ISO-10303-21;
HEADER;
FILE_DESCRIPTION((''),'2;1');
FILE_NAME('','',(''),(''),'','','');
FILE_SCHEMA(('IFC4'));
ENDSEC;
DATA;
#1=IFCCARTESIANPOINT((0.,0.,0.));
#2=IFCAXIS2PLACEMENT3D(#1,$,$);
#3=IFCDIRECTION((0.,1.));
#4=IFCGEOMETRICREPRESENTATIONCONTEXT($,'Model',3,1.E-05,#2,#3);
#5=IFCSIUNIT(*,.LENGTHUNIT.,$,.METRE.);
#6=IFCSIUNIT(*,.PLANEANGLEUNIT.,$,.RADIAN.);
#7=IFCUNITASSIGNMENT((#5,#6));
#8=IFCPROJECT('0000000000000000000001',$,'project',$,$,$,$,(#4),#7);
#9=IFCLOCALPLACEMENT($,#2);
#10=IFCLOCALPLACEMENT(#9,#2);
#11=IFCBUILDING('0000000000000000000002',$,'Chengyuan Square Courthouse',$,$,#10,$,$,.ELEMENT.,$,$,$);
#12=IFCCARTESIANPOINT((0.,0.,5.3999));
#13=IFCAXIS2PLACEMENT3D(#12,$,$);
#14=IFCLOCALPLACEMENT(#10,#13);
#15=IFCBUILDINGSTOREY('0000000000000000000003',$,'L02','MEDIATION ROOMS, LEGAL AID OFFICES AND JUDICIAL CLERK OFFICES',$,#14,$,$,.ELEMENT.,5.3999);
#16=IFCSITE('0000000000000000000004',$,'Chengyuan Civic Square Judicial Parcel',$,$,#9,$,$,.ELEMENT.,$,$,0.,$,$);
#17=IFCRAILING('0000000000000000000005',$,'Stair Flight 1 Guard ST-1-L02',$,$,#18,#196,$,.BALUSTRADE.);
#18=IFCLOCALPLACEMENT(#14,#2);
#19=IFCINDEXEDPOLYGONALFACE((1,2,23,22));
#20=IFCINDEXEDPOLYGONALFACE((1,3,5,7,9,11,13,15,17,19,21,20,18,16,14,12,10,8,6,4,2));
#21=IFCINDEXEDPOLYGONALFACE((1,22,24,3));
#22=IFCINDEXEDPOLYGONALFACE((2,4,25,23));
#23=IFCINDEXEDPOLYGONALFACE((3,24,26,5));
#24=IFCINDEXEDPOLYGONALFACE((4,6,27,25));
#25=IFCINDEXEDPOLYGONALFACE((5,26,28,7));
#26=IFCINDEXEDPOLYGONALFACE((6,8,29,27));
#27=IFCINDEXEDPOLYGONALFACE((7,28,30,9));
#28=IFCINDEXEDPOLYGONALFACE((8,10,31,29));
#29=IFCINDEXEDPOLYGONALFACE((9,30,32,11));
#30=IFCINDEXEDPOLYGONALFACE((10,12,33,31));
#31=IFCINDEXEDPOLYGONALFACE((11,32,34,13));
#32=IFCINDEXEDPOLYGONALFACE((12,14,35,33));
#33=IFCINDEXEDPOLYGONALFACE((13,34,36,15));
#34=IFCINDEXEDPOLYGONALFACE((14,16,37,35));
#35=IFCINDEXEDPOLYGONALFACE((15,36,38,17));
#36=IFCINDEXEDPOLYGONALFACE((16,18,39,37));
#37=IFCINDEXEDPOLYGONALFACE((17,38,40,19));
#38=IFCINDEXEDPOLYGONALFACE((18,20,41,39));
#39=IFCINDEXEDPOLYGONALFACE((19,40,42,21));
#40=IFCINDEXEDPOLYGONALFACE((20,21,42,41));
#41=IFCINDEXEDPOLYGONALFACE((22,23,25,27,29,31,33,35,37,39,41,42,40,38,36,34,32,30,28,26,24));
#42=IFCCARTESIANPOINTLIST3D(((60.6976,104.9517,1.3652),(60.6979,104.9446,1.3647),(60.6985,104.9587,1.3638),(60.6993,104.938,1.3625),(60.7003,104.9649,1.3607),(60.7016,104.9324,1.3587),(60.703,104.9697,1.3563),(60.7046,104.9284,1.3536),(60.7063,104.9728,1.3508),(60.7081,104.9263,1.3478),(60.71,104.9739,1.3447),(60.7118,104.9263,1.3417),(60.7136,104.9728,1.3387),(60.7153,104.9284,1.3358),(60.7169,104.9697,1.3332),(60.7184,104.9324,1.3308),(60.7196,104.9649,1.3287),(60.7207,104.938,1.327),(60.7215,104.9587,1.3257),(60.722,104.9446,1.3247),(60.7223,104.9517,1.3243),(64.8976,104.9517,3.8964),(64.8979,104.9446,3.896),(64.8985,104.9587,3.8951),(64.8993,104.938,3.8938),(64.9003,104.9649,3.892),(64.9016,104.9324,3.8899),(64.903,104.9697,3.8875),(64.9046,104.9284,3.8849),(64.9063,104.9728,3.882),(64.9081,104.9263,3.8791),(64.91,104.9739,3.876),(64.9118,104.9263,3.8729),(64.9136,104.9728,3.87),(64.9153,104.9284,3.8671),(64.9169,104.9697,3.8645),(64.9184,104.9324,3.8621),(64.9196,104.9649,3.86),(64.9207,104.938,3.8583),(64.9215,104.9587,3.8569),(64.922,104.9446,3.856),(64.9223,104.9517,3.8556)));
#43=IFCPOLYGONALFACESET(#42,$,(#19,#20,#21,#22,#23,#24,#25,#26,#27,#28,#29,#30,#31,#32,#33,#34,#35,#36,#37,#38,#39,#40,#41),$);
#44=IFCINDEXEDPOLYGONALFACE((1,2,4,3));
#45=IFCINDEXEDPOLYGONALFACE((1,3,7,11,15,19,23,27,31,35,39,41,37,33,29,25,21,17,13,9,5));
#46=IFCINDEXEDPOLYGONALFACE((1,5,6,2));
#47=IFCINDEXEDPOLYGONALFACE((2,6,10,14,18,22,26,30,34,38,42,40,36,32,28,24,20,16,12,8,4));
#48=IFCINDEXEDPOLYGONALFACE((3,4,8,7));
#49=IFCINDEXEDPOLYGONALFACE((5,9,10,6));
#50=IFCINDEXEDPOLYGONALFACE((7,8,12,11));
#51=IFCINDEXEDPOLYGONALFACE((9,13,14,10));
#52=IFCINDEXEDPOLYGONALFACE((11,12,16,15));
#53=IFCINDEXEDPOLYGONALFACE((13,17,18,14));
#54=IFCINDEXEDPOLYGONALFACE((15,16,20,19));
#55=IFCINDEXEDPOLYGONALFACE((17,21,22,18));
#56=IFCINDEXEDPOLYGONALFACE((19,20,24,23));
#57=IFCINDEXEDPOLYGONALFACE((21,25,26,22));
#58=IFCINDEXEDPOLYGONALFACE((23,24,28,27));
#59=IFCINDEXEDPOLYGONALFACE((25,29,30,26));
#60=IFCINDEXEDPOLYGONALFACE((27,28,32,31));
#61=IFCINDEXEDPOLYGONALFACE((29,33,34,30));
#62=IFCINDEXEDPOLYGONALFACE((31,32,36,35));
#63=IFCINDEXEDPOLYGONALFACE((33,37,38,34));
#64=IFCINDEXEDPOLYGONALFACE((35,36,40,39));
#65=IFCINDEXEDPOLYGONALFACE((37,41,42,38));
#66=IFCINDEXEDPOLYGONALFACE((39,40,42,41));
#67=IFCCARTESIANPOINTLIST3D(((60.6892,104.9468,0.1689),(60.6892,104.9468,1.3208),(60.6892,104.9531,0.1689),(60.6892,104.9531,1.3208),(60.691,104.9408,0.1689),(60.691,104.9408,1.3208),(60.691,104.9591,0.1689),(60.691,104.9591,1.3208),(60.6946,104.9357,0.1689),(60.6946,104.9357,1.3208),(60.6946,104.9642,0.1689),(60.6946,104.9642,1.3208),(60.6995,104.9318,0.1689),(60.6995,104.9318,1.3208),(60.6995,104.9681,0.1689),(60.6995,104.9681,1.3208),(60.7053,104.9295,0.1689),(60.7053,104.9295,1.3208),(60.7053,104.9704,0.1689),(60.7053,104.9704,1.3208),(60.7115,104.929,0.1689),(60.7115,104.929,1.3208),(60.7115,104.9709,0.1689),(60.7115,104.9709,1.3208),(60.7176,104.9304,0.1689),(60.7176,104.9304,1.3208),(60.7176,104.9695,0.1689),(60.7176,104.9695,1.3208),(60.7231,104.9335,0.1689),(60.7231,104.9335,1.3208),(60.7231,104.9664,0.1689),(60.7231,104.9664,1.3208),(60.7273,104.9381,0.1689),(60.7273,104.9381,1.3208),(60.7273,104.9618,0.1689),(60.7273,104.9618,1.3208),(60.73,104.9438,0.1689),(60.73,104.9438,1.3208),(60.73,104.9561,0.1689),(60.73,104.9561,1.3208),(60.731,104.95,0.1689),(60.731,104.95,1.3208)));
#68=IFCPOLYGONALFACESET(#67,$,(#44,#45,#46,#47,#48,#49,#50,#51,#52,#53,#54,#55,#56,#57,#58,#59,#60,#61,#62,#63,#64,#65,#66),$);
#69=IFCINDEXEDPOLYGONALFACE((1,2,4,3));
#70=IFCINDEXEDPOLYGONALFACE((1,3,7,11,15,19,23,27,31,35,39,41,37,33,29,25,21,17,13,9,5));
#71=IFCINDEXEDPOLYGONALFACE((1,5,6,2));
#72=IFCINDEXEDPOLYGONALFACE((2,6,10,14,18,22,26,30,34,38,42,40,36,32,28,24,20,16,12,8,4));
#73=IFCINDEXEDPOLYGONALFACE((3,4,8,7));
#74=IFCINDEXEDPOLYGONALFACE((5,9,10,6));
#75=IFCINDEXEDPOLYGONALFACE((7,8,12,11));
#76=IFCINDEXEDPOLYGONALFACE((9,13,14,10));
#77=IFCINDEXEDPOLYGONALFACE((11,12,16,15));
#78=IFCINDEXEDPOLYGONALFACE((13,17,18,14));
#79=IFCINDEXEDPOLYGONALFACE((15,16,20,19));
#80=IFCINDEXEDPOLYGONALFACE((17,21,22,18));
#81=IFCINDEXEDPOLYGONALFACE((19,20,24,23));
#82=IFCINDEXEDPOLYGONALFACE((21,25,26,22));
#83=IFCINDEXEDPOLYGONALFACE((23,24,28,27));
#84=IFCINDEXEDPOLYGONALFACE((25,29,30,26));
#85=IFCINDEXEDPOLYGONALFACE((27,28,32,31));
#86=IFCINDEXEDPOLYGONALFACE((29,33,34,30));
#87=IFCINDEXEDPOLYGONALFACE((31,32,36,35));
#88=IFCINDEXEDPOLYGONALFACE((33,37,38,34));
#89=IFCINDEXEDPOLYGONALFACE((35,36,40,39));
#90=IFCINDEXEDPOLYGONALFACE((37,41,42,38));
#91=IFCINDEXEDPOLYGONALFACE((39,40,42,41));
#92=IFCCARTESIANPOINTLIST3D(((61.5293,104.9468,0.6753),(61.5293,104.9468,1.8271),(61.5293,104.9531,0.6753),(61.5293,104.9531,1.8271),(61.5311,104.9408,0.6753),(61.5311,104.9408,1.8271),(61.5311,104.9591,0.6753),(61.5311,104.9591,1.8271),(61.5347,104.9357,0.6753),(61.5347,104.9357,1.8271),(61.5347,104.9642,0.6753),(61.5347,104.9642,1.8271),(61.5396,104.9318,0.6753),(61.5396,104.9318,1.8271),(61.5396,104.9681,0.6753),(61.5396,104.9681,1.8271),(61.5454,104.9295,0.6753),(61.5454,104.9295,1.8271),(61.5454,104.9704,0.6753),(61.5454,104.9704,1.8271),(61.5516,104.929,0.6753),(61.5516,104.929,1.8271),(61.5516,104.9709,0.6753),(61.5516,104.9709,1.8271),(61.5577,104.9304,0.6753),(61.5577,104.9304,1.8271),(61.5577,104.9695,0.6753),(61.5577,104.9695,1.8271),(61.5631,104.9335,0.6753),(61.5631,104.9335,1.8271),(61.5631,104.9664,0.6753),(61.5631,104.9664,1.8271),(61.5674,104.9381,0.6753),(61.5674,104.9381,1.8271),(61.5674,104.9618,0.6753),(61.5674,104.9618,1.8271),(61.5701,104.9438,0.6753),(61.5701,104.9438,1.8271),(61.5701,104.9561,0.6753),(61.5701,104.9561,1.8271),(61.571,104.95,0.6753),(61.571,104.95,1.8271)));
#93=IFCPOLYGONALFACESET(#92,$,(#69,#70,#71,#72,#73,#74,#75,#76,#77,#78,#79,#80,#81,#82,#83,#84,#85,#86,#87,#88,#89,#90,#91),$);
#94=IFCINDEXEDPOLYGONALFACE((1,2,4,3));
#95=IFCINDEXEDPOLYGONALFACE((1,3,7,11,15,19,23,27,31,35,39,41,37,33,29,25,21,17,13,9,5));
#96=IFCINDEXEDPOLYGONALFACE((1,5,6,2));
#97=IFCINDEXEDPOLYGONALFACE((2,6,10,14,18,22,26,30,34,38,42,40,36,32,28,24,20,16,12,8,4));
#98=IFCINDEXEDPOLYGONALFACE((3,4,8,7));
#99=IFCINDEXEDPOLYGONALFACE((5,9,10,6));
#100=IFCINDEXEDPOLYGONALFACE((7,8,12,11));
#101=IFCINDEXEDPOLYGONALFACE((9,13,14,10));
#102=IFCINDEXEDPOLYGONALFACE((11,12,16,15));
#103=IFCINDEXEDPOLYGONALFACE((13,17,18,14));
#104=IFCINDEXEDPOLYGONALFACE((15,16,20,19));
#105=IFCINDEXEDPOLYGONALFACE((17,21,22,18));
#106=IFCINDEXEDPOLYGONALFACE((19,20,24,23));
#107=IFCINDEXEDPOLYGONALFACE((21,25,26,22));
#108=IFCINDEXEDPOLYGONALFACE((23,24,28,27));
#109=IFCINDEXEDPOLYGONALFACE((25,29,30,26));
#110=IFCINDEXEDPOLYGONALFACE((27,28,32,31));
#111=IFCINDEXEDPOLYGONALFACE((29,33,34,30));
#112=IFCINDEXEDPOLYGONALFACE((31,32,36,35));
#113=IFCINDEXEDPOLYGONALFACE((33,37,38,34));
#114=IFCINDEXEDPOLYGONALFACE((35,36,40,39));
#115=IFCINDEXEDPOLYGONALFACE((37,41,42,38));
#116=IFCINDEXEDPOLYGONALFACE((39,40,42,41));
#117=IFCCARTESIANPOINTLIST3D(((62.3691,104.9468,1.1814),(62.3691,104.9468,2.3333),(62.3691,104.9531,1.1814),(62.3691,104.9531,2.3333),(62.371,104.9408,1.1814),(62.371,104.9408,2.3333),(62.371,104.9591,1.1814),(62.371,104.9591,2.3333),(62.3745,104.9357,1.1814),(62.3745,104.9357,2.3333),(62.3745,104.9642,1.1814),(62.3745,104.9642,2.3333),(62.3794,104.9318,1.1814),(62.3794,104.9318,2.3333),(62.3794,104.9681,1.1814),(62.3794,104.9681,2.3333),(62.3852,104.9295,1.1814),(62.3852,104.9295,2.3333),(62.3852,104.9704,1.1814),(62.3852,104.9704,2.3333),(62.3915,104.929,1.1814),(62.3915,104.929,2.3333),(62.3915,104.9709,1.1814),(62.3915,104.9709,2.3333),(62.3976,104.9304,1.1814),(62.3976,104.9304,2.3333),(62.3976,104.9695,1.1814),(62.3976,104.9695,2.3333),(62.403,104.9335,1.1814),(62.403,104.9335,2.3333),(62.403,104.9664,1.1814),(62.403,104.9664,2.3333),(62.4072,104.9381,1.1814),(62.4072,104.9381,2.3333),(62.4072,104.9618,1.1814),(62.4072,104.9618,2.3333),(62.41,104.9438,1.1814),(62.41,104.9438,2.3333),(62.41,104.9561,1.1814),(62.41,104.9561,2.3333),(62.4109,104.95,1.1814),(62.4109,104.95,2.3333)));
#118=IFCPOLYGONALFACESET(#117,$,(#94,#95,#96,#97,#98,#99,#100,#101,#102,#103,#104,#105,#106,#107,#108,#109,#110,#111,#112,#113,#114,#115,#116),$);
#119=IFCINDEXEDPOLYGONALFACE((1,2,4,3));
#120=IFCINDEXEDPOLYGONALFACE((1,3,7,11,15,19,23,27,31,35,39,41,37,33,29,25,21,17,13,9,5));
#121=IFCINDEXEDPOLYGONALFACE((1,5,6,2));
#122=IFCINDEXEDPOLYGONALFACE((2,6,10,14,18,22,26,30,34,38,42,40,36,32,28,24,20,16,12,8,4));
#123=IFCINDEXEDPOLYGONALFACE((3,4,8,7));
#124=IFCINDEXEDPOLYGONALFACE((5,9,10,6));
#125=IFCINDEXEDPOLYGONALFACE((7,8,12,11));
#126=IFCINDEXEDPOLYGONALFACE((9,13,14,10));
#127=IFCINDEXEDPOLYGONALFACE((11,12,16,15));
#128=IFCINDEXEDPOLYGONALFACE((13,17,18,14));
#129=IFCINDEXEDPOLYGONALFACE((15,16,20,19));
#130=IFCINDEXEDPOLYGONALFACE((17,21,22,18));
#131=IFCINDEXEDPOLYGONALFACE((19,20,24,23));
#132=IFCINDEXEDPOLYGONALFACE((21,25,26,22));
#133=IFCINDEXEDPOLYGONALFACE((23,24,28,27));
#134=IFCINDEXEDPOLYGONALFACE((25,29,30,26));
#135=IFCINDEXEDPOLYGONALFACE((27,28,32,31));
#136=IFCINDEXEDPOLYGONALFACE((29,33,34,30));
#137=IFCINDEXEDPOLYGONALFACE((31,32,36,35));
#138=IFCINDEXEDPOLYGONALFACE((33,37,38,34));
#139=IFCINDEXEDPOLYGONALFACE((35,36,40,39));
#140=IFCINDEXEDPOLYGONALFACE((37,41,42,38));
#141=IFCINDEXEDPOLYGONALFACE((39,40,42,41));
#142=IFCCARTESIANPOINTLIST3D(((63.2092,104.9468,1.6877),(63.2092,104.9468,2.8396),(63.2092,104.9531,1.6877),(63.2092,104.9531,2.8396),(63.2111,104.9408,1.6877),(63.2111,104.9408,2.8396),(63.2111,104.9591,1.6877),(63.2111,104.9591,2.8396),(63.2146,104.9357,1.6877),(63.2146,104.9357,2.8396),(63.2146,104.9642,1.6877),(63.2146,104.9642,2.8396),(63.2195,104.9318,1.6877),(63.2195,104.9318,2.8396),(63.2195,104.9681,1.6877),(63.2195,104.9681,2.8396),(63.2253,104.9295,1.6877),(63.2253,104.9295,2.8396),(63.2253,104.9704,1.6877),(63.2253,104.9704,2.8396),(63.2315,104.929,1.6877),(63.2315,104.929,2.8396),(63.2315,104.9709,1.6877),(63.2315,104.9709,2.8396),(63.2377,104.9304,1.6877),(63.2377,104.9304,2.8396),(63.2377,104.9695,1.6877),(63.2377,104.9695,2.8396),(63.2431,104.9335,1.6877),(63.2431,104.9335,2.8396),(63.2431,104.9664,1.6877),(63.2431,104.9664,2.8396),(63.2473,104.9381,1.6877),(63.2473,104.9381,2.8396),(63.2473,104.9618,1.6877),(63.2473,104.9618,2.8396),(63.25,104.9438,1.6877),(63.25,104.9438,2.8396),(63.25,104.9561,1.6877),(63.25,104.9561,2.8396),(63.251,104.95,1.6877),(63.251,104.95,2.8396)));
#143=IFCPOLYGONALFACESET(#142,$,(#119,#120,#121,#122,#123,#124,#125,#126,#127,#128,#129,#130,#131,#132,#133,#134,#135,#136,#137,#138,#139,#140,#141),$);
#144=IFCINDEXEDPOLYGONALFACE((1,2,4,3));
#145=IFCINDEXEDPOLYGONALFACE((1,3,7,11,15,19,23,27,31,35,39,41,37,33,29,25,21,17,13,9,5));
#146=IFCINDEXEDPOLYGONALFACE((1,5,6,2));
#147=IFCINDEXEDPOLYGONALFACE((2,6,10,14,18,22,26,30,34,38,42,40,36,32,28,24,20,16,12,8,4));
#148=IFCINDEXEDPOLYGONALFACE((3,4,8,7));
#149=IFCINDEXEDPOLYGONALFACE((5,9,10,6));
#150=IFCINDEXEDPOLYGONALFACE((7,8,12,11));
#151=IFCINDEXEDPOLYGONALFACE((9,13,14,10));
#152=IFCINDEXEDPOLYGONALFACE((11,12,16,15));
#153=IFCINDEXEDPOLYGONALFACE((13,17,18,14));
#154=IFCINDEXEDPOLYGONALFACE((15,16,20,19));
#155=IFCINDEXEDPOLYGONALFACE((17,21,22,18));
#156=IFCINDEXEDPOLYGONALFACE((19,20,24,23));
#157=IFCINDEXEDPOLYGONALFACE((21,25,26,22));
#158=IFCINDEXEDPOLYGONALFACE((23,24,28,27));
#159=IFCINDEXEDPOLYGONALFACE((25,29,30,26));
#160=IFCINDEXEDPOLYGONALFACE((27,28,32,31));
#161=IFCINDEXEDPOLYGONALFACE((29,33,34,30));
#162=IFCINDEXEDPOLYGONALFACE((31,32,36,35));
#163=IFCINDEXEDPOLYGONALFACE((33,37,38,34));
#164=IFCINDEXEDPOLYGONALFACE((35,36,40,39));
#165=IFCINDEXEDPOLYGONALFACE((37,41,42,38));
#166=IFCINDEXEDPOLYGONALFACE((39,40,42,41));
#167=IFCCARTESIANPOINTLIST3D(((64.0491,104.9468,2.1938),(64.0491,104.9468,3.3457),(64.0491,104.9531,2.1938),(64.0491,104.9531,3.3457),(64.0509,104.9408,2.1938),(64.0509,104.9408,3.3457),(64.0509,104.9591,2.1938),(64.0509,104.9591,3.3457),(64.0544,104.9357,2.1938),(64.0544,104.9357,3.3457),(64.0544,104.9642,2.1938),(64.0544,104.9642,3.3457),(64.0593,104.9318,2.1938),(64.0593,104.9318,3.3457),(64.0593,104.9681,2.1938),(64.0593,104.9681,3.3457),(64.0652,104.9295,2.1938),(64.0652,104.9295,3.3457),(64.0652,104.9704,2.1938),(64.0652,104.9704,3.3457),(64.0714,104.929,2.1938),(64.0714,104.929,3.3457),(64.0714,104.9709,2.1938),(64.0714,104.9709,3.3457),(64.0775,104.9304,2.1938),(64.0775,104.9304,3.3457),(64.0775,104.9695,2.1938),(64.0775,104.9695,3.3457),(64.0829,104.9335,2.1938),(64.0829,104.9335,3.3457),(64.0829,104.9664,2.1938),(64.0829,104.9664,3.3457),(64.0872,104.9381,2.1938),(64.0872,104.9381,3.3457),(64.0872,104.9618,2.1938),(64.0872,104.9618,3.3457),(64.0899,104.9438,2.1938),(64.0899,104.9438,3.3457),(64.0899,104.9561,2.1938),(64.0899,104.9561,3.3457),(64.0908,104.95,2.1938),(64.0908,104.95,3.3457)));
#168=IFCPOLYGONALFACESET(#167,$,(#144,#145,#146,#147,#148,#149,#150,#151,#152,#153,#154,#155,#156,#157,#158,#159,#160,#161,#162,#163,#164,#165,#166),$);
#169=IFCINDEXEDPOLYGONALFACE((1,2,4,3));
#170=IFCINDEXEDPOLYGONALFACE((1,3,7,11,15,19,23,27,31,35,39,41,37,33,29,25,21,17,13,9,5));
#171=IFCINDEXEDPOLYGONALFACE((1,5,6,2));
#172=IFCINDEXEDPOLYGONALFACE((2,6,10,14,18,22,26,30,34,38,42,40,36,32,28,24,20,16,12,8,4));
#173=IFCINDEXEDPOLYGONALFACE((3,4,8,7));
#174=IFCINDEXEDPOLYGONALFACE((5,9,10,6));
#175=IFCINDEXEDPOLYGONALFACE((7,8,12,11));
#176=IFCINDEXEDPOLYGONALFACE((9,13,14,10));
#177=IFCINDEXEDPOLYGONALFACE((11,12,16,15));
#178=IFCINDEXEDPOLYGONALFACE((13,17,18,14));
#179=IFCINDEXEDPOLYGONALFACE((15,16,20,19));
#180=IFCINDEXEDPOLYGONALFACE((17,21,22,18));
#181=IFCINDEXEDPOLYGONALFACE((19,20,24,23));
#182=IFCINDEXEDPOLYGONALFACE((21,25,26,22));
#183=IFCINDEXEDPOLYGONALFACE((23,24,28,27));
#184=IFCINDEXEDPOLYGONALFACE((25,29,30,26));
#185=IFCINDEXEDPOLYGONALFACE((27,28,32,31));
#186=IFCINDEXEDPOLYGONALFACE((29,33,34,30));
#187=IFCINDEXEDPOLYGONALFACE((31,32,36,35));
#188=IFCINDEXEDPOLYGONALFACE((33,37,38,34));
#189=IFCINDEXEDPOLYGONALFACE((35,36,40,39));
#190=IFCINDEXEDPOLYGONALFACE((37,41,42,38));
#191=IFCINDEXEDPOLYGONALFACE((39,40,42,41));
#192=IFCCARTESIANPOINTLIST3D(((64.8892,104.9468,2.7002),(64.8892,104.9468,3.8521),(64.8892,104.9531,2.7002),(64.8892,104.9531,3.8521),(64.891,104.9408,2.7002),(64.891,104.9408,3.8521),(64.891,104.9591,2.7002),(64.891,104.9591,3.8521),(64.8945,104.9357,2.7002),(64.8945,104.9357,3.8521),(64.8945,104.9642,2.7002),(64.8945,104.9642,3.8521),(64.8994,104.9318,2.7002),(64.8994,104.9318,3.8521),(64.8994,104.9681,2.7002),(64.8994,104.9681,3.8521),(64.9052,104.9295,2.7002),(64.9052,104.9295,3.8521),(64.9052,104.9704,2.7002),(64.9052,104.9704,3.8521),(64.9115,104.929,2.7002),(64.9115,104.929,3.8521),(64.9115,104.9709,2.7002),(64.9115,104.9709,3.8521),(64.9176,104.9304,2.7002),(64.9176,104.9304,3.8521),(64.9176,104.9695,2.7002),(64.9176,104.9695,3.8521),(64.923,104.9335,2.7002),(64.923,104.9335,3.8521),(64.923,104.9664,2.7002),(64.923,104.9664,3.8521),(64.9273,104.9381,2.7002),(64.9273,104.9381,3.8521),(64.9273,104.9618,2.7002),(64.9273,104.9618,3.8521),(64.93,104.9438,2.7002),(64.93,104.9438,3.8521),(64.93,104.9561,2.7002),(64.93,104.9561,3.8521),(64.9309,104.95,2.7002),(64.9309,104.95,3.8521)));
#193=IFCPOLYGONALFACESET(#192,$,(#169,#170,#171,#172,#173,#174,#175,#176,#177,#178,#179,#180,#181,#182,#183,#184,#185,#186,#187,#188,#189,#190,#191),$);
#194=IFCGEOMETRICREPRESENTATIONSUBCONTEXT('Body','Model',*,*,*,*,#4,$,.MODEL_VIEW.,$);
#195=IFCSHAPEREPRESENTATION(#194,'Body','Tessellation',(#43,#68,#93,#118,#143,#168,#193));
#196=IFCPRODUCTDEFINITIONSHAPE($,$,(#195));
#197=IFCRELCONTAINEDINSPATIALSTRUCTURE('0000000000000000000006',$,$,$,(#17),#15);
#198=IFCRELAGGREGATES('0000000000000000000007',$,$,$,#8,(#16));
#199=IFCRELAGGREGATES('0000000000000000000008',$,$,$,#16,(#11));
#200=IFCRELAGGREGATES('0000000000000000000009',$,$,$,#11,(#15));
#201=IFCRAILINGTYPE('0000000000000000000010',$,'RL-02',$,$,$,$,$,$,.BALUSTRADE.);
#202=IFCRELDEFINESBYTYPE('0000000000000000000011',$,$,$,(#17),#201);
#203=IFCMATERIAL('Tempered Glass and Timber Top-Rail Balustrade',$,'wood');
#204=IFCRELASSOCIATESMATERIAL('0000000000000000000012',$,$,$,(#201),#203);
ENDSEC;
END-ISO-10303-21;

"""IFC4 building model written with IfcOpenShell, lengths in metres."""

from ifc_helpers import new_model, si_unit, direction, frame, origin, origin_2d, place, context, subcontext, project, spatial, circle, extrude, material, type_object, element, save


model = new_model("IFC4")

# Units and contexts
model_context = context("Model", 3, precision=1e-05, world=origin(), true_north=direction((0.0, 1.0)))
body_context = subcontext(model_context, "Body", "Model", "MODEL_VIEW")
ifc_project = project(units=[si_unit("LENGTHUNIT", "METRE"), si_unit("PLANEANGLEUNIT", "RADIAN")], contexts=[model_context])

# Site, building, storey
site_placement = place(None, origin())
site = spatial("IfcSite", under=ifc_project, at=site_placement, Name="Chengyuan Civic Square Judicial Parcel", CompositionType="ELEMENT", RefElevation=0.0)
building_placement = place(site_placement, origin())
building = spatial("IfcBuilding", under=site, at=building_placement, Name="Chengyuan Square Courthouse", CompositionType="ELEMENT")
storey_placement = place(building_placement, frame((0.0, 0.0, 5.3999)))
storey = spatial("IfcBuildingStorey", under=building, at=storey_placement, Name="L02", Description="MEDIATION ROOMS, LEGAL AID OFFICES AND JUDICIAL CLERK OFFICES", CompositionType="ELEMENT", Elevation=5.3999)

# Railing
ifc_material_1 = material(Name="Tempered Glass and Timber Top-Rail Balustrade", Category="wood")
railing_type_1 = type_object("IfcRailingType", Name="RL-02", PredefinedType="BALUSTRADE", material=ifc_material_1)
railing_1_placement = place(storey_placement, frame((60.71, 104.95, 0.1689)))
element("IfcRailing", 1, at=railing_1_placement, inside=storey, type_object=railing_type_1, Name="Stair Flight 1 Guard ST-1-L02", PredefinedType="BALUSTRADE", context=body_context, shape_type="SweptSolid", body=[
    extrude(circle(Radius=0.0239, at=origin_2d()), frame((0.0, 0.0, 1.1758), z_axis=(0.856476, 0.0, 0.516186), x_axis=(0.0, 1.0, 0.0)), (0.0, 0.0, 1.0), 4.9038),
    extrude(circle(Radius=0.021, at=origin_2d()), origin(), (0.0, 0.0, 1.0), 1.1519),
    extrude(circle(Radius=0.021, at=origin_2d()), frame((0.8401, 0.0, 0.5063)), (0.0, 0.0, 1.0), 1.1519),
    extrude(circle(Radius=0.021, at=origin_2d()), frame((1.6799, 0.0, 1.0125)), (0.0, 0.0, 1.0), 1.1519),
    extrude(circle(Radius=0.021, at=origin_2d()), frame((2.52, 0.0, 1.5188)), (0.0, 0.0, 1.0), 1.1519),
    extrude(circle(Radius=0.021, at=origin_2d()), frame((3.3599, 0.0, 2.0249)), (0.0, 0.0, 1.0), 1.1519),
    extrude(circle(Radius=0.021, at=origin_2d()), frame((4.2, 0.0, 2.5312)), (0.0, 0.0, 1.0), 1.1519),
])

save(model, "model.ifc")
